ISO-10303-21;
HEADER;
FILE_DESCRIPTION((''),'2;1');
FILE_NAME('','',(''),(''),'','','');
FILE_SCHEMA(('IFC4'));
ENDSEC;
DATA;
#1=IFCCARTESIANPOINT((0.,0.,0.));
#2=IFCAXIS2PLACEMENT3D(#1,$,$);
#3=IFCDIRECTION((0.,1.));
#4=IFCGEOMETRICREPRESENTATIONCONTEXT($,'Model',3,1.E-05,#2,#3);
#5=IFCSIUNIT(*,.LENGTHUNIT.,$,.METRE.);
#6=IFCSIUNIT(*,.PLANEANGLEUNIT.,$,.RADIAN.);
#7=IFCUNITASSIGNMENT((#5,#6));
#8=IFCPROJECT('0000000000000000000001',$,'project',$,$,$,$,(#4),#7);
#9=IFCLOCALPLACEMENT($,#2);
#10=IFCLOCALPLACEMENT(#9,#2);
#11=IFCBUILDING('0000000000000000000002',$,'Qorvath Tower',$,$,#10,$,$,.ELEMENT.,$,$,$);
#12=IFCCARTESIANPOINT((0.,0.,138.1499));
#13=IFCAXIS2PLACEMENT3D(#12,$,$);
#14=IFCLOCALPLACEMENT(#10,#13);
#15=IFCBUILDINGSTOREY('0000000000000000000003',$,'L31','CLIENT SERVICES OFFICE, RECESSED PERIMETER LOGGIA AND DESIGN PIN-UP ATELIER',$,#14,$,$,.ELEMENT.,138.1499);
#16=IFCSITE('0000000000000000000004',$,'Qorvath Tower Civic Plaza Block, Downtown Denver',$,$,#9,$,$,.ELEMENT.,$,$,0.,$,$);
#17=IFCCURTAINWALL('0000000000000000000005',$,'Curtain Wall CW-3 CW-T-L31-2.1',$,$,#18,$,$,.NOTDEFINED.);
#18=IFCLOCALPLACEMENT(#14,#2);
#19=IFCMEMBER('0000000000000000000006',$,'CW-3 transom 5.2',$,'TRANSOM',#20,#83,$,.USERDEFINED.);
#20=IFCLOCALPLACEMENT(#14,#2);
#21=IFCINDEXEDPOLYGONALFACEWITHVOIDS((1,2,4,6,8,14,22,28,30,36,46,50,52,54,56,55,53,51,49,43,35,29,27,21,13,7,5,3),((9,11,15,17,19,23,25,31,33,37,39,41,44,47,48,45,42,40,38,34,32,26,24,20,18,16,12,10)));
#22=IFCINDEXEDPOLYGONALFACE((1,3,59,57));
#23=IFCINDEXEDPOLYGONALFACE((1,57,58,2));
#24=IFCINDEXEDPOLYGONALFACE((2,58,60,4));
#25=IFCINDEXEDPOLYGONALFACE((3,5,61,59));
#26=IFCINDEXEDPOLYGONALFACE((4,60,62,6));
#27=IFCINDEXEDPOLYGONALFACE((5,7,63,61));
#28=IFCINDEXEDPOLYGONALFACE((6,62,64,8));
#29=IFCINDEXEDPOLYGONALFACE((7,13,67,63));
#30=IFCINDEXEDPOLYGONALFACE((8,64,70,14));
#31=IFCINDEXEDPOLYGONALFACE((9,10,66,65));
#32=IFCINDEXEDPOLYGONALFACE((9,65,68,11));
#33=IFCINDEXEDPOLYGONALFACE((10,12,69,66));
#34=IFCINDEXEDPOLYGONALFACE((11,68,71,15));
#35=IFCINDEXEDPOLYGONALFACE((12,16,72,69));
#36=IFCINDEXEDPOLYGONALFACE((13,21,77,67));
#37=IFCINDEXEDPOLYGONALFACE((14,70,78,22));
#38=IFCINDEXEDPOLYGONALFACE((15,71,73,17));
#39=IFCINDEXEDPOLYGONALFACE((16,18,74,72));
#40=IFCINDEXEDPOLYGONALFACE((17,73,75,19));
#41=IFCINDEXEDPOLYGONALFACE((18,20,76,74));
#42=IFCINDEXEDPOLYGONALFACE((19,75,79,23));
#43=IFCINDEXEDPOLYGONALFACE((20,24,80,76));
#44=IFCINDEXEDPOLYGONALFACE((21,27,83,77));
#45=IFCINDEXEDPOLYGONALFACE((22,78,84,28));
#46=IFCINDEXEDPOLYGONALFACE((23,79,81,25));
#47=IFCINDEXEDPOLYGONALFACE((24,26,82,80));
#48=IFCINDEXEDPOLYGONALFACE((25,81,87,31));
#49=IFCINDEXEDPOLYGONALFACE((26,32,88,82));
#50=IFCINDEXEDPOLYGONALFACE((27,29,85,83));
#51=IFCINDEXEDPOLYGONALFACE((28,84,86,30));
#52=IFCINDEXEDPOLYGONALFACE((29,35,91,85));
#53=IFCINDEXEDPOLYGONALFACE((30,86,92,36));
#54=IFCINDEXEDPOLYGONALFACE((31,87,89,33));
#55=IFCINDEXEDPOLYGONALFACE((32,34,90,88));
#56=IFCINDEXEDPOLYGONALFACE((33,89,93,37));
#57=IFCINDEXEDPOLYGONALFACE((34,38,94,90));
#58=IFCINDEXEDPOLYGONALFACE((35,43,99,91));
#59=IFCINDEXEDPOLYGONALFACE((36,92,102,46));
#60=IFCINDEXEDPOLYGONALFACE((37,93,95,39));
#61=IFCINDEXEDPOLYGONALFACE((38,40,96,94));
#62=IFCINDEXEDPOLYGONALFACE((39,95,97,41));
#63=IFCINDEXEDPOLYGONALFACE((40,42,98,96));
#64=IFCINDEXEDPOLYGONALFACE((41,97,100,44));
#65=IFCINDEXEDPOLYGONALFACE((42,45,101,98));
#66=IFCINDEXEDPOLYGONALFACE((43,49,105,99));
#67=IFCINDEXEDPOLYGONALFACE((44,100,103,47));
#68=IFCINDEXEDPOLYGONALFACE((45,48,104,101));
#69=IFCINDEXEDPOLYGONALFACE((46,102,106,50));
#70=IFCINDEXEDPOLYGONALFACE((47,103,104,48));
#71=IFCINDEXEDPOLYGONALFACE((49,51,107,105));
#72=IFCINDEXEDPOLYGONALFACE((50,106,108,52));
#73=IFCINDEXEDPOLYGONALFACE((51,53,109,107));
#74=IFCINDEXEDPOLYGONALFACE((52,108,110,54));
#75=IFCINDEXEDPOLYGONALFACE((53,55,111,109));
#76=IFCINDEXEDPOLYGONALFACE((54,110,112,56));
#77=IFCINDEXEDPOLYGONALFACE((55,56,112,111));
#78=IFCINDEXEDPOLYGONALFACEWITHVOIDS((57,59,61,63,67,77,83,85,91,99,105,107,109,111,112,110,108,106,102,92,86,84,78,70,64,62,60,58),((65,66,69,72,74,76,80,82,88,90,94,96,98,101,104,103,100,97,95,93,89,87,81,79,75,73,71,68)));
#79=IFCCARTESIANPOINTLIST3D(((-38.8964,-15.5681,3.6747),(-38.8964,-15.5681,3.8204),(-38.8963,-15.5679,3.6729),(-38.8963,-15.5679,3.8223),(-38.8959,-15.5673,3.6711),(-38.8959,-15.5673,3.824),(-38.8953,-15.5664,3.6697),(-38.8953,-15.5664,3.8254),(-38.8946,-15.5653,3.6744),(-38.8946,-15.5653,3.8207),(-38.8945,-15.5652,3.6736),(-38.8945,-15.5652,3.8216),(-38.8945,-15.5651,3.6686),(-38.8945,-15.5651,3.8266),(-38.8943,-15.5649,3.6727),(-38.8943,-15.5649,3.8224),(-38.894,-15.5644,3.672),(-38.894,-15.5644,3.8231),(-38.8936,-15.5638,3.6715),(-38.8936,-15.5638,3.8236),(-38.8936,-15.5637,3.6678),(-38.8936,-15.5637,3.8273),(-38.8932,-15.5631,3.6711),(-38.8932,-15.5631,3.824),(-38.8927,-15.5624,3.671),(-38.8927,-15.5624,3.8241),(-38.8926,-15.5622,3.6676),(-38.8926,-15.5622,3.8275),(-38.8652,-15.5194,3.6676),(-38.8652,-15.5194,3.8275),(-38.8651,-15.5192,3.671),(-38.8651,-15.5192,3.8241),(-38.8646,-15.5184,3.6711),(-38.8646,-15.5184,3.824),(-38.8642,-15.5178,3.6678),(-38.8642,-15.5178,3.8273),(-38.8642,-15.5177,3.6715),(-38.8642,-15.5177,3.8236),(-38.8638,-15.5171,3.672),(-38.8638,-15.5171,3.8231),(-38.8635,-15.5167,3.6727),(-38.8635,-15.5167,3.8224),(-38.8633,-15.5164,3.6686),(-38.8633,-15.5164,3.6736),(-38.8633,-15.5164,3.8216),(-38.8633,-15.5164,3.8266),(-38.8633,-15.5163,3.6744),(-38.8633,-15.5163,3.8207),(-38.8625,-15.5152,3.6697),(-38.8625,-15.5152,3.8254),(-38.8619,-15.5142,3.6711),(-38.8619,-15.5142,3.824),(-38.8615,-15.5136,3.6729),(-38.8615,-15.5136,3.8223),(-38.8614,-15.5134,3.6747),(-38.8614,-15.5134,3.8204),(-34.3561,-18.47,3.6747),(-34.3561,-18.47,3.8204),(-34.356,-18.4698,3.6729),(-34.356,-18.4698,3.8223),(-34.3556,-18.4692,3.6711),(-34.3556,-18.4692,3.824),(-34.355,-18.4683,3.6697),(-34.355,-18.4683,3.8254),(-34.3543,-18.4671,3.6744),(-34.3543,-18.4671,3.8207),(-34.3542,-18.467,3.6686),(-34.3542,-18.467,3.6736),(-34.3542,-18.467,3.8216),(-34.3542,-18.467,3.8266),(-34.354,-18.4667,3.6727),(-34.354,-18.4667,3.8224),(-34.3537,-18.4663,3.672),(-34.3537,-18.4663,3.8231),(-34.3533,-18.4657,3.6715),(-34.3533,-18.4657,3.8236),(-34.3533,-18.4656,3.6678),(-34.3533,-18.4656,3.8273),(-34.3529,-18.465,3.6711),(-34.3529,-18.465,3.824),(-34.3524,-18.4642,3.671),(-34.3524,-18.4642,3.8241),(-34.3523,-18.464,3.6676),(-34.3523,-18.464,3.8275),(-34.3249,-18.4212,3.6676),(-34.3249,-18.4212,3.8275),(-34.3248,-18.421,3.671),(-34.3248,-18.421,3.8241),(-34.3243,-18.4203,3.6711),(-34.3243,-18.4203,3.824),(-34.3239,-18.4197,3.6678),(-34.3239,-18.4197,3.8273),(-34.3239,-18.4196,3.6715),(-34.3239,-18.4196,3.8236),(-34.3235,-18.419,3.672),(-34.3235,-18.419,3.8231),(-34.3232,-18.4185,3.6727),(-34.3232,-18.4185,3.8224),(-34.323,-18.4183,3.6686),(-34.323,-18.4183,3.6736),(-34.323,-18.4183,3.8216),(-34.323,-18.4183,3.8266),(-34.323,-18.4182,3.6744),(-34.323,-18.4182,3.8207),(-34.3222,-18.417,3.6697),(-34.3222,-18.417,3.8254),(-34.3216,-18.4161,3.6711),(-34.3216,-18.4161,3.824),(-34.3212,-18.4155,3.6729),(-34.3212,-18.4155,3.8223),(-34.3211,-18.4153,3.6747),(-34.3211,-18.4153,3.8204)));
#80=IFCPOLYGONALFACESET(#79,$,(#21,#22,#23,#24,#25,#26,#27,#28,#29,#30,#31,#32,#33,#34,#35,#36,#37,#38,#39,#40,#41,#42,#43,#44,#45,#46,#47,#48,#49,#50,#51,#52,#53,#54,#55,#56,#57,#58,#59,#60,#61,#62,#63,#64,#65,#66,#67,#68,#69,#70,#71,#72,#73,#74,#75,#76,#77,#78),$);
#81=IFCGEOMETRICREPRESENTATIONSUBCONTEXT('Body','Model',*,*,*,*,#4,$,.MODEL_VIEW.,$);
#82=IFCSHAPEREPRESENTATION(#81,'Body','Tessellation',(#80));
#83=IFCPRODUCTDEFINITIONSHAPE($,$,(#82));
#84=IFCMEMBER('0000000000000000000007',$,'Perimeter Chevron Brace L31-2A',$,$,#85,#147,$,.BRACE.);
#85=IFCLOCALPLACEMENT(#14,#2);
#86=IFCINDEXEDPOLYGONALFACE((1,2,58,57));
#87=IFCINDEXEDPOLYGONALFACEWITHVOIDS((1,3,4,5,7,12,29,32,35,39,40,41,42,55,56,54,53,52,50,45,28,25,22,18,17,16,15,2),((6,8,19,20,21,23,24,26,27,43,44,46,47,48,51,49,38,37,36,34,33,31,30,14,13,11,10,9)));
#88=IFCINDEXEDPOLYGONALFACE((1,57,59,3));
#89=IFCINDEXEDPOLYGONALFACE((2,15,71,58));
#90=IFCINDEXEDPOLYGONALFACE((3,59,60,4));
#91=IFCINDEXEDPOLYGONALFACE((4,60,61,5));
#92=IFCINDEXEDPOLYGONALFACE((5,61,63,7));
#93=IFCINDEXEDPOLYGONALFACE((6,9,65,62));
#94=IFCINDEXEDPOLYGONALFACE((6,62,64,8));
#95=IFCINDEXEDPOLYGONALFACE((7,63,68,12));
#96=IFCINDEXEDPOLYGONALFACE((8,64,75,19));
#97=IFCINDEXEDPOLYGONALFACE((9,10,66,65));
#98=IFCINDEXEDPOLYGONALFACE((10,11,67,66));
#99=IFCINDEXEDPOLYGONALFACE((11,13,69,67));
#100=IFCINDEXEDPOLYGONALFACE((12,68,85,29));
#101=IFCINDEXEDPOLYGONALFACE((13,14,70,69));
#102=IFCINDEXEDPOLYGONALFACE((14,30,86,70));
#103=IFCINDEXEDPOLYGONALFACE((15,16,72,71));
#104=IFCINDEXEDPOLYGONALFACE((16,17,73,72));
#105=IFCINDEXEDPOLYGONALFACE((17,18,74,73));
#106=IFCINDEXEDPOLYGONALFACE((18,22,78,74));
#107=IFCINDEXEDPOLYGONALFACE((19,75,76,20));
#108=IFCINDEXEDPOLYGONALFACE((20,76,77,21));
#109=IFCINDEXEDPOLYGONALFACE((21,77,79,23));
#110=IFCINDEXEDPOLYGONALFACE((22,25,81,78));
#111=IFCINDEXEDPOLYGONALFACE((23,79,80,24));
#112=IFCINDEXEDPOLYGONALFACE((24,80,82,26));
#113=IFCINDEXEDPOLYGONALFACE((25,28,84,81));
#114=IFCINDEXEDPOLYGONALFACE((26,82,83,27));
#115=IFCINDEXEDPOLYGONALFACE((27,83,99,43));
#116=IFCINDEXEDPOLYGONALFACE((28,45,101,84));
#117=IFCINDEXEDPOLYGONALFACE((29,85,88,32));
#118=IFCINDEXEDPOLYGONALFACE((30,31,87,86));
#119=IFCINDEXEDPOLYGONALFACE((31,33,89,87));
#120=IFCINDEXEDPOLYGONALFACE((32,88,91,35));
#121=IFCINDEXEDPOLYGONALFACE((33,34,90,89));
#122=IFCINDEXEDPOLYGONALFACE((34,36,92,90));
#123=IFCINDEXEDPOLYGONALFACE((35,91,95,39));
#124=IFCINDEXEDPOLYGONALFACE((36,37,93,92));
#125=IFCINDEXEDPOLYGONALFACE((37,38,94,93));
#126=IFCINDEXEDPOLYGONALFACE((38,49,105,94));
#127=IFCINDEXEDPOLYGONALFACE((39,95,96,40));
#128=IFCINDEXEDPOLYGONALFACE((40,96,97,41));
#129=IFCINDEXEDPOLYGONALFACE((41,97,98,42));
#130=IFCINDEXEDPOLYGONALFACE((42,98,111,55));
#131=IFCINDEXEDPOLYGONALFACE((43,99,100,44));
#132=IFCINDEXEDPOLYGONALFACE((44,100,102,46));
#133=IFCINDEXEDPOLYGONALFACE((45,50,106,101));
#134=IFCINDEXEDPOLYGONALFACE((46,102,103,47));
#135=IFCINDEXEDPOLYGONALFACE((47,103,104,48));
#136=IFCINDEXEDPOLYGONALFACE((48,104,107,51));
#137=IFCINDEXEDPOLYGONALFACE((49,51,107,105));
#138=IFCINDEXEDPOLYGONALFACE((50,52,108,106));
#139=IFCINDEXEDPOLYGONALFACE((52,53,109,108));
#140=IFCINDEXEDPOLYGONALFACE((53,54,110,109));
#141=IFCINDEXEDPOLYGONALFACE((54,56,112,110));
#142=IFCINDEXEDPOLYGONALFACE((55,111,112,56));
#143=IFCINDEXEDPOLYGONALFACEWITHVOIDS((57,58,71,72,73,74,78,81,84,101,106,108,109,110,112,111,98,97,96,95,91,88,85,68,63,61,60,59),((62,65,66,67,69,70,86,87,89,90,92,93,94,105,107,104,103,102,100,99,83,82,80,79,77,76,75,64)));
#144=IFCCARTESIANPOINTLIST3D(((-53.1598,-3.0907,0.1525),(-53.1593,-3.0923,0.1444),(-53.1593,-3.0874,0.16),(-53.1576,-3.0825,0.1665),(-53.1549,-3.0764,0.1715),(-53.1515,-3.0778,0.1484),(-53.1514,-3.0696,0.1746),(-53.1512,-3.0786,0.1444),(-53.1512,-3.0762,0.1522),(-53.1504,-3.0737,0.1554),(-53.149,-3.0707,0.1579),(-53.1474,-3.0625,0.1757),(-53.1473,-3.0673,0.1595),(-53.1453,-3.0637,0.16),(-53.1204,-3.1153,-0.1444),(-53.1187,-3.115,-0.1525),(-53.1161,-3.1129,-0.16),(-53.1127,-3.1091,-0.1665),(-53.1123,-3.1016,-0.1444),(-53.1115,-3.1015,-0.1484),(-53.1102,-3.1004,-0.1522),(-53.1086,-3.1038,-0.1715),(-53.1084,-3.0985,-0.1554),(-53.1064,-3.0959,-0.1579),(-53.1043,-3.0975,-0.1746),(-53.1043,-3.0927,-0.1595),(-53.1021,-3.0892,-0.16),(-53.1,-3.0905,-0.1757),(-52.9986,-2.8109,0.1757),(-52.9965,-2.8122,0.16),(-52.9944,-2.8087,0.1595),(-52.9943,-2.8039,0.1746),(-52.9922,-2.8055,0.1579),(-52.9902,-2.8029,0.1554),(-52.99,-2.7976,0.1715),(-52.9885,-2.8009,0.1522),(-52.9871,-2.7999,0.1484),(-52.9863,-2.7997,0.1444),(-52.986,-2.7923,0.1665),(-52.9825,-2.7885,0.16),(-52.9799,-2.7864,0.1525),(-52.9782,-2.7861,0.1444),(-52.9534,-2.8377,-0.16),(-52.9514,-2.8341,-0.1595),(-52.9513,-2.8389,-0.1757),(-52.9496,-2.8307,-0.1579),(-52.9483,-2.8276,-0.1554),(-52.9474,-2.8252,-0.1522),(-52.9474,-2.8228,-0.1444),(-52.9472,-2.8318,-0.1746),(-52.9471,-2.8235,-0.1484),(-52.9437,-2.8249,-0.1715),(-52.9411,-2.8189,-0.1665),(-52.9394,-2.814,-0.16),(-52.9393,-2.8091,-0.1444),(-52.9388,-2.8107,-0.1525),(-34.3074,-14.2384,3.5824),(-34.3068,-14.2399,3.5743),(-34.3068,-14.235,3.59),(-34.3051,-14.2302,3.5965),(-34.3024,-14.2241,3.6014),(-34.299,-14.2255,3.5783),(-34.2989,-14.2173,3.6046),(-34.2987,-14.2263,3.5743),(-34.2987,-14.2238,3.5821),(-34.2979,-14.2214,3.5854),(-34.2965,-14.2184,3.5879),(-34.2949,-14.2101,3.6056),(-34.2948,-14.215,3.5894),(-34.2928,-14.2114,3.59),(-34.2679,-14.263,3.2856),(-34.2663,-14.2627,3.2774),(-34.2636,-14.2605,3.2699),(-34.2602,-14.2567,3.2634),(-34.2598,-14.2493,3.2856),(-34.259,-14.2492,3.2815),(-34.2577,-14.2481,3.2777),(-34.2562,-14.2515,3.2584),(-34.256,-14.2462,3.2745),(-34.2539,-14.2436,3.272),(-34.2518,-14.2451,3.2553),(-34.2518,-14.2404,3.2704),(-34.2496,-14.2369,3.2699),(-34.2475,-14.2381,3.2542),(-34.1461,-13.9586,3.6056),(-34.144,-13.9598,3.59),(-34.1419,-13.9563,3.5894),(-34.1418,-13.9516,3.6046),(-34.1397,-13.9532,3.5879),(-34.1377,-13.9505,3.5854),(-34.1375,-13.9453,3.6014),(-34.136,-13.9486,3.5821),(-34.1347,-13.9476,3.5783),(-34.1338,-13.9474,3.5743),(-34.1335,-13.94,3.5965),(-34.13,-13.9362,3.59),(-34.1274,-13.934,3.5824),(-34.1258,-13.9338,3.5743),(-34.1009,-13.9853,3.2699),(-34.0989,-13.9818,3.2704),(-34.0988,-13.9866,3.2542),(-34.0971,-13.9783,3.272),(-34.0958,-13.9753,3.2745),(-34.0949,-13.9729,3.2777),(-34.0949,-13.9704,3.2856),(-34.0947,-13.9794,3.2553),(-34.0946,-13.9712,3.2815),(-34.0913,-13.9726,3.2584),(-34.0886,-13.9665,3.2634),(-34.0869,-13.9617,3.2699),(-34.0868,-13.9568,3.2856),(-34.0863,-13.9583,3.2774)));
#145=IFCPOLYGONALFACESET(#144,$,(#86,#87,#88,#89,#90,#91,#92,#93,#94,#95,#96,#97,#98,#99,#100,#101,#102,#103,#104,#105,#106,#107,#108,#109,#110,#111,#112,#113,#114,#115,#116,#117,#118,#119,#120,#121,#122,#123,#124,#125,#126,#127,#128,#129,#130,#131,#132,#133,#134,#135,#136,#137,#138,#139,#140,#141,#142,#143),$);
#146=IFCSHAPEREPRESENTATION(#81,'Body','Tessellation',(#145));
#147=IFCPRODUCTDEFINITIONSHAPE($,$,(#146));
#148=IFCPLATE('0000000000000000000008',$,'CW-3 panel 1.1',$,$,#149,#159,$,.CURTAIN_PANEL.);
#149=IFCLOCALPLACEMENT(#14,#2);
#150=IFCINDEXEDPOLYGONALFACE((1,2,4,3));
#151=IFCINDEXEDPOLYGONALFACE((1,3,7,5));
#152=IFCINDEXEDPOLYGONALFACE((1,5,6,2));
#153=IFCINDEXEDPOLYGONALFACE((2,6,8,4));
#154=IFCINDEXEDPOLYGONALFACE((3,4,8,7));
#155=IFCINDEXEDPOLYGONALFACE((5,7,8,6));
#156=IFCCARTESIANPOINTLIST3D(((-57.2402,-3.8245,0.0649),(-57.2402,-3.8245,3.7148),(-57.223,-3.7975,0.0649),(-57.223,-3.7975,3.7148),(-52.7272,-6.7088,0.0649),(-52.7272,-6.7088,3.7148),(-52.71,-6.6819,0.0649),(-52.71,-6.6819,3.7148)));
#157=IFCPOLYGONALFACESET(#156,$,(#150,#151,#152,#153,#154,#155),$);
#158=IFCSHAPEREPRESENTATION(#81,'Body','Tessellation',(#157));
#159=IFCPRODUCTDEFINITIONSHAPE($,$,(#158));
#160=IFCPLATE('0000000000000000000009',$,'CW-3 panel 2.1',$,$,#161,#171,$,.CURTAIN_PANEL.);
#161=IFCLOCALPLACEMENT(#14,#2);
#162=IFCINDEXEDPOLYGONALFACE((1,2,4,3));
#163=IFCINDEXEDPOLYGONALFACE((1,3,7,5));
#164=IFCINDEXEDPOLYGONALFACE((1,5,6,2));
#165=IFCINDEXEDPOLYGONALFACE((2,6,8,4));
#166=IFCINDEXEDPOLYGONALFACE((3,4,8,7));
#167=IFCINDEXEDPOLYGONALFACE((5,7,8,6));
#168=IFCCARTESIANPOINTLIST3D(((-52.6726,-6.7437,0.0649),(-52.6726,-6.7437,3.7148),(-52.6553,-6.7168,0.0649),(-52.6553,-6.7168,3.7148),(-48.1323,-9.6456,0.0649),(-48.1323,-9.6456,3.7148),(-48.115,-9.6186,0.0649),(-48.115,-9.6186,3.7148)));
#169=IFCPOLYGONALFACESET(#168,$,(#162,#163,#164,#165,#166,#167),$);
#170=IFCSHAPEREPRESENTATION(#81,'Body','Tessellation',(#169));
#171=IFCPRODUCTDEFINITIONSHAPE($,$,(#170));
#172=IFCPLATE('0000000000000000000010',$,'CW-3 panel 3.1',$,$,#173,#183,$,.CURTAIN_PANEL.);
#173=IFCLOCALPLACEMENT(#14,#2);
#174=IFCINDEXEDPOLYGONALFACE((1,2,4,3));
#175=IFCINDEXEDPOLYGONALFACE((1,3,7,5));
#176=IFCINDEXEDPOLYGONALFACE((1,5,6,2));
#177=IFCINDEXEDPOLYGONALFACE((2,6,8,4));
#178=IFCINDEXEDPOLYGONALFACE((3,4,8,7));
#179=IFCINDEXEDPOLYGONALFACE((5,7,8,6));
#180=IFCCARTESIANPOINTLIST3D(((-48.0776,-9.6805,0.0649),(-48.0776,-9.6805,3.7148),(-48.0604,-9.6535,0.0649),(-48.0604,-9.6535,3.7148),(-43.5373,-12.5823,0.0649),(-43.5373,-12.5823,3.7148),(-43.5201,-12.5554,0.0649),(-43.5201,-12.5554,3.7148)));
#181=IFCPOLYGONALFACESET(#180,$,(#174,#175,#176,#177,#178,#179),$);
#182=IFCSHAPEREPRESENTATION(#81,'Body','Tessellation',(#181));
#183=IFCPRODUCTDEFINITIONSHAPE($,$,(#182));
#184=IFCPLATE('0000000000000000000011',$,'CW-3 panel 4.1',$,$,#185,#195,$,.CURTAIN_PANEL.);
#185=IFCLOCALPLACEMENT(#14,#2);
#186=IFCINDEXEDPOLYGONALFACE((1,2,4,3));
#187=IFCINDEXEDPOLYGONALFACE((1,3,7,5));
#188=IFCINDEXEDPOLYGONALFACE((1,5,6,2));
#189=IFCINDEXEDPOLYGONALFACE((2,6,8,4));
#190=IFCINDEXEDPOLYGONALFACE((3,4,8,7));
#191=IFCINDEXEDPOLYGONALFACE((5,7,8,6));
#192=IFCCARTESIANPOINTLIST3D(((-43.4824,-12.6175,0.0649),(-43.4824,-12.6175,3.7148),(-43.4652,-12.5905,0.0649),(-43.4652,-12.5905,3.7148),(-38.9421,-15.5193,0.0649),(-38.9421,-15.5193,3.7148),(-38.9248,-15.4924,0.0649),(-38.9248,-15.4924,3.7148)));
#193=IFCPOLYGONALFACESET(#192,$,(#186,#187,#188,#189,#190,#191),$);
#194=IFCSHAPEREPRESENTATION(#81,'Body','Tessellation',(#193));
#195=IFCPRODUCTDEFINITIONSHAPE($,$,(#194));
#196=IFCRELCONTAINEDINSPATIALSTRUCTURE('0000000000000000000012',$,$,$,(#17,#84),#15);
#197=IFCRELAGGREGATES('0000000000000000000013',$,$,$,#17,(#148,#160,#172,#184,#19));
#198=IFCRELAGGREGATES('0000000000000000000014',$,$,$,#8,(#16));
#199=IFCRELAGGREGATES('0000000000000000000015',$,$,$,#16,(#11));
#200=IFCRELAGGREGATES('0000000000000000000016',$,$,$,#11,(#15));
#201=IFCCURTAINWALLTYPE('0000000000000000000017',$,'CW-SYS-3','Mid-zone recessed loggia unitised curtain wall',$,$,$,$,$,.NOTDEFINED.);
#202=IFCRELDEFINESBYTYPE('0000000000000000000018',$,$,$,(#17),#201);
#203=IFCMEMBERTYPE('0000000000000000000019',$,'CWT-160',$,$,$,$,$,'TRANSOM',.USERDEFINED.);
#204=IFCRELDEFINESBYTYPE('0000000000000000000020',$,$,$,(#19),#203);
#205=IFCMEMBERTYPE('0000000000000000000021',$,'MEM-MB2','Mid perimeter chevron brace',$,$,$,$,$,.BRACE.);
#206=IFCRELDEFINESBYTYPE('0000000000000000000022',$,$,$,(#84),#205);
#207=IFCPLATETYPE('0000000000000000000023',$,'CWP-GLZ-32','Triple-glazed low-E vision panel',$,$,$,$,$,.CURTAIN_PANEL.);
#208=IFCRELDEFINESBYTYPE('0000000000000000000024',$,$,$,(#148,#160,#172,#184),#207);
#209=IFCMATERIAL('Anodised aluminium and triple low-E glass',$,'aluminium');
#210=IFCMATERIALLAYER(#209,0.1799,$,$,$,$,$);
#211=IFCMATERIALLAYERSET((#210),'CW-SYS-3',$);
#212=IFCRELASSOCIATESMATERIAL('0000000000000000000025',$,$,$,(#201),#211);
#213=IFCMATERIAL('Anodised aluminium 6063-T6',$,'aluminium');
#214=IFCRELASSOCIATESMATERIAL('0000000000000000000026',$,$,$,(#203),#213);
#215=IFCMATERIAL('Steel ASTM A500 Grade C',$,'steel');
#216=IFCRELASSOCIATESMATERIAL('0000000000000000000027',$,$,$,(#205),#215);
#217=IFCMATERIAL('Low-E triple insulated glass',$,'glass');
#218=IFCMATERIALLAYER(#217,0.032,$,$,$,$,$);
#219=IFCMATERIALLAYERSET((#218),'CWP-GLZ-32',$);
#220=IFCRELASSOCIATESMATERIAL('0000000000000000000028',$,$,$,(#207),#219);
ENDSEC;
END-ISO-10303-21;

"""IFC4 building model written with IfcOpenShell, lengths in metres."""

from ifc_helpers import new_model, si_unit, direction, frame, origin, origin_2d, place, context, subcontext, project, spatial, rectangle, hollow_rectangle, extrude, material, layer, layer_set, material_profile, profile_set, type_object, element, aggregate, save


model = new_model("IFC4")

# Units and contexts
model_context = context("Model", 3, precision=1e-05, world=origin(), true_north=direction((0.0, 1.0)))
body_context = subcontext(model_context, "Body", "Model", "MODEL_VIEW")
ifc_project = project(units=[si_unit("LENGTHUNIT", "METRE"), si_unit("PLANEANGLEUNIT", "RADIAN")], contexts=[model_context])

# Site, building, storey
site_placement = place(None, origin())
site = spatial("IfcSite", under=ifc_project, at=site_placement, Name="Qorvath Tower Civic Plaza Block, Downtown Denver", CompositionType="ELEMENT", RefElevation=0.0)
building_placement = place(site_placement, origin())
building = spatial("IfcBuilding", under=site, at=building_placement, Name="Qorvath Tower", CompositionType="ELEMENT")
storey_placement = place(building_placement, frame((0.0, 0.0, 138.1499)))
storey = spatial("IfcBuildingStorey", under=building, at=storey_placement, Name="L31", Description="CLIENT SERVICES OFFICE, RECESSED PERIMETER LOGGIA AND DESIGN PIN-UP ATELIER", CompositionType="ELEMENT", Elevation=138.1499)

# Curtain wall, member
ifc_material_1 = material(Name="Anodised aluminium and triple low-E glass", Category="aluminium")
ifc_layer_1 = layer(ifc_material_1, 0.1799)
ifc_layer_set_1 = layer_set([ifc_layer_1], Name="CW-SYS-3")
curtain_wall_type = type_object("IfcCurtainWallType", Name="CW-SYS-3", Description="Mid-zone recessed loggia unitised curtain wall", PredefinedType="NOTDEFINED", material=ifc_layer_set_1)
curtain_wall_placement = place(storey_placement, origin())
curtain_wall = element("IfcCurtainWall", 1, at=curtain_wall_placement, inside=storey, type_object=curtain_wall_type, Name="Curtain Wall CW-3 CW-T-L31-2.1", PredefinedType="NOTDEFINED")
ifc_material_2 = material(Name="Anodised aluminium 6063-T6", Category="aluminium")
ifc_material_profile_1 = material_profile(ifc_material_2, hollow_rectangle(XDim=0.0649, YDim=0.1599, WallThickness=0.0034, InnerFilletRadius=0.0034, OuterFilletRadius=0.0071, at=origin_2d()), Name="CWT 160x65")
ifc_profile_set_1 = profile_set([ifc_material_profile_1], Name="Anodised aluminium 6063-T6")
member_type_1 = type_object("IfcMemberType", Name="CWT-160", ElementType="TRANSOM", PredefinedType="USERDEFINED", material=ifc_profile_set_1)
member_1_placement = place(storey_placement, frame((-38.8789, -15.5408, 3.7476), z_axis=(0.842602, -0.538537, 0.0), x_axis=(0.538537, 0.842602, 0.0)))
member_1 = element("IfcMember", 2, at=member_1_placement, type_object=member_type_1, Name="CW-3 transom 5.2", ObjectType="TRANSOM", PredefinedType="USERDEFINED", context=body_context, shape_type="SweptSolid", body=[
    extrude(hollow_rectangle(XDim=0.0649, YDim=0.1599, WallThickness=0.0034, InnerFilletRadius=0.0034, OuterFilletRadius=0.0071, at=origin_2d()), origin(), (0.0, 0.0, 1.0), 5.3884),
])

# Member
ifc_material_3 = material(Name="Steel ASTM A500 Grade C", Category="steel")
ifc_material_profile_2 = material_profile(ifc_material_3, hollow_rectangle(XDim=0.3557, YDim=0.3557, WallThickness=0.0159, InnerFilletRadius=0.0159, OuterFilletRadius=0.0317, at=origin_2d()), Name="HSS 356x356x16")
ifc_profile_set_2 = profile_set([ifc_material_profile_2], Name="Steel ASTM A500 Grade C")
member_type_2 = type_object("IfcMemberType", Name="MEM-MB2", Description="Mid perimeter chevron brace", PredefinedType="BRACE", material=ifc_profile_set_2)
member_2_placement = place(storey_placement, frame((-53.0493, -2.9507, 0.0), z_axis=(0.85041, -0.502856, 0.154719), x_axis=(0.508985, 0.860775, 0.0)))
element("IfcMember", 3, at=member_2_placement, inside=storey, type_object=member_type_2, Name="Perimeter Chevron Brace L31-2A", PredefinedType="BRACE", context=body_context, shape_type="SweptSolid", body=[
    extrude(hollow_rectangle(XDim=0.3557, YDim=0.3557, WallThickness=0.0159, InnerFilletRadius=0.0159, OuterFilletRadius=0.0317, at=origin_2d()), origin(), (0.0, 0.0, 1.0), 22.1687),
])

# Plates
ifc_material_4 = material(Name="Low-E triple insulated glass", Category="glass")
ifc_layer_2 = layer(ifc_material_4, 0.032)
ifc_layer_set_2 = layer_set([ifc_layer_2], Name="CWP-GLZ-32")
plate_type_1 = type_object("IfcPlateType", Name="CWP-GLZ-32", Description="Triple-glazed low-E vision panel", PredefinedType="CURTAIN_PANEL", material=ifc_layer_set_2)
plate_1_placement = place(storey_placement, frame((-54.9751, -5.2532, 0.0649), z_axis=(0.0, 0.0, 1.0), x_axis=(0.842604, -0.538534, 0.0)))
plate_1 = element("IfcPlate", 4, at=plate_1_placement, type_object=plate_type_1, Name="CW-3 panel 1.1", PredefinedType="CURTAIN_PANEL", context=body_context, shape_type="SweptSolid", body=[
    extrude(rectangle(XDim=5.356, YDim=0.032, at=origin_2d()), origin(), (0.0, 0.0, 1.0), 3.6499),
])
plate_2_placement = place(storey_placement, frame((-50.3938, -8.1812, 0.0649), z_axis=(0.0, 0.0, 1.0), x_axis=(0.842604, -0.538534, 0.0)))
plate_2 = element("IfcPlate", 5, at=plate_2_placement, type_object=plate_type_1, Name="CW-3 panel 2.1", PredefinedType="CURTAIN_PANEL", context=body_context, shape_type="SweptSolid", body=[
    extrude(rectangle(XDim=5.3884, YDim=0.032, at=origin_2d()), origin(), (0.0, 0.0, 1.0), 3.6499),
])
plate_3_placement = place(storey_placement, frame((-45.7988, -11.1179, 0.0649), z_axis=(0.0, 0.0, 1.0), x_axis=(0.842604, -0.538534, 0.0)))
plate_3 = element("IfcPlate", 6, at=plate_3_placement, type_object=plate_type_1, Name="CW-3 panel 3.1", PredefinedType="CURTAIN_PANEL", context=body_context, shape_type="SweptSolid", body=[
    extrude(rectangle(XDim=5.3884, YDim=0.032, at=origin_2d()), origin(), (0.0, 0.0, 1.0), 3.6499),
])
plate_4_placement = place(storey_placement, frame((-41.2036, -14.0549, 0.0649), z_axis=(0.0, 0.0, 1.0), x_axis=(0.842604, -0.538534, 0.0)))
plate_4 = element("IfcPlate", 7, at=plate_4_placement, type_object=plate_type_1, Name="CW-3 panel 4.1", PredefinedType="CURTAIN_PANEL", context=body_context, shape_type="SweptSolid", body=[
    extrude(rectangle(XDim=5.3884, YDim=0.032, at=origin_2d()), origin(), (0.0, 0.0, 1.0), 3.6499),
])
aggregate(curtain_wall, [plate_1, plate_2, plate_3, plate_4, member_1])

save(model, "model.ifc")
